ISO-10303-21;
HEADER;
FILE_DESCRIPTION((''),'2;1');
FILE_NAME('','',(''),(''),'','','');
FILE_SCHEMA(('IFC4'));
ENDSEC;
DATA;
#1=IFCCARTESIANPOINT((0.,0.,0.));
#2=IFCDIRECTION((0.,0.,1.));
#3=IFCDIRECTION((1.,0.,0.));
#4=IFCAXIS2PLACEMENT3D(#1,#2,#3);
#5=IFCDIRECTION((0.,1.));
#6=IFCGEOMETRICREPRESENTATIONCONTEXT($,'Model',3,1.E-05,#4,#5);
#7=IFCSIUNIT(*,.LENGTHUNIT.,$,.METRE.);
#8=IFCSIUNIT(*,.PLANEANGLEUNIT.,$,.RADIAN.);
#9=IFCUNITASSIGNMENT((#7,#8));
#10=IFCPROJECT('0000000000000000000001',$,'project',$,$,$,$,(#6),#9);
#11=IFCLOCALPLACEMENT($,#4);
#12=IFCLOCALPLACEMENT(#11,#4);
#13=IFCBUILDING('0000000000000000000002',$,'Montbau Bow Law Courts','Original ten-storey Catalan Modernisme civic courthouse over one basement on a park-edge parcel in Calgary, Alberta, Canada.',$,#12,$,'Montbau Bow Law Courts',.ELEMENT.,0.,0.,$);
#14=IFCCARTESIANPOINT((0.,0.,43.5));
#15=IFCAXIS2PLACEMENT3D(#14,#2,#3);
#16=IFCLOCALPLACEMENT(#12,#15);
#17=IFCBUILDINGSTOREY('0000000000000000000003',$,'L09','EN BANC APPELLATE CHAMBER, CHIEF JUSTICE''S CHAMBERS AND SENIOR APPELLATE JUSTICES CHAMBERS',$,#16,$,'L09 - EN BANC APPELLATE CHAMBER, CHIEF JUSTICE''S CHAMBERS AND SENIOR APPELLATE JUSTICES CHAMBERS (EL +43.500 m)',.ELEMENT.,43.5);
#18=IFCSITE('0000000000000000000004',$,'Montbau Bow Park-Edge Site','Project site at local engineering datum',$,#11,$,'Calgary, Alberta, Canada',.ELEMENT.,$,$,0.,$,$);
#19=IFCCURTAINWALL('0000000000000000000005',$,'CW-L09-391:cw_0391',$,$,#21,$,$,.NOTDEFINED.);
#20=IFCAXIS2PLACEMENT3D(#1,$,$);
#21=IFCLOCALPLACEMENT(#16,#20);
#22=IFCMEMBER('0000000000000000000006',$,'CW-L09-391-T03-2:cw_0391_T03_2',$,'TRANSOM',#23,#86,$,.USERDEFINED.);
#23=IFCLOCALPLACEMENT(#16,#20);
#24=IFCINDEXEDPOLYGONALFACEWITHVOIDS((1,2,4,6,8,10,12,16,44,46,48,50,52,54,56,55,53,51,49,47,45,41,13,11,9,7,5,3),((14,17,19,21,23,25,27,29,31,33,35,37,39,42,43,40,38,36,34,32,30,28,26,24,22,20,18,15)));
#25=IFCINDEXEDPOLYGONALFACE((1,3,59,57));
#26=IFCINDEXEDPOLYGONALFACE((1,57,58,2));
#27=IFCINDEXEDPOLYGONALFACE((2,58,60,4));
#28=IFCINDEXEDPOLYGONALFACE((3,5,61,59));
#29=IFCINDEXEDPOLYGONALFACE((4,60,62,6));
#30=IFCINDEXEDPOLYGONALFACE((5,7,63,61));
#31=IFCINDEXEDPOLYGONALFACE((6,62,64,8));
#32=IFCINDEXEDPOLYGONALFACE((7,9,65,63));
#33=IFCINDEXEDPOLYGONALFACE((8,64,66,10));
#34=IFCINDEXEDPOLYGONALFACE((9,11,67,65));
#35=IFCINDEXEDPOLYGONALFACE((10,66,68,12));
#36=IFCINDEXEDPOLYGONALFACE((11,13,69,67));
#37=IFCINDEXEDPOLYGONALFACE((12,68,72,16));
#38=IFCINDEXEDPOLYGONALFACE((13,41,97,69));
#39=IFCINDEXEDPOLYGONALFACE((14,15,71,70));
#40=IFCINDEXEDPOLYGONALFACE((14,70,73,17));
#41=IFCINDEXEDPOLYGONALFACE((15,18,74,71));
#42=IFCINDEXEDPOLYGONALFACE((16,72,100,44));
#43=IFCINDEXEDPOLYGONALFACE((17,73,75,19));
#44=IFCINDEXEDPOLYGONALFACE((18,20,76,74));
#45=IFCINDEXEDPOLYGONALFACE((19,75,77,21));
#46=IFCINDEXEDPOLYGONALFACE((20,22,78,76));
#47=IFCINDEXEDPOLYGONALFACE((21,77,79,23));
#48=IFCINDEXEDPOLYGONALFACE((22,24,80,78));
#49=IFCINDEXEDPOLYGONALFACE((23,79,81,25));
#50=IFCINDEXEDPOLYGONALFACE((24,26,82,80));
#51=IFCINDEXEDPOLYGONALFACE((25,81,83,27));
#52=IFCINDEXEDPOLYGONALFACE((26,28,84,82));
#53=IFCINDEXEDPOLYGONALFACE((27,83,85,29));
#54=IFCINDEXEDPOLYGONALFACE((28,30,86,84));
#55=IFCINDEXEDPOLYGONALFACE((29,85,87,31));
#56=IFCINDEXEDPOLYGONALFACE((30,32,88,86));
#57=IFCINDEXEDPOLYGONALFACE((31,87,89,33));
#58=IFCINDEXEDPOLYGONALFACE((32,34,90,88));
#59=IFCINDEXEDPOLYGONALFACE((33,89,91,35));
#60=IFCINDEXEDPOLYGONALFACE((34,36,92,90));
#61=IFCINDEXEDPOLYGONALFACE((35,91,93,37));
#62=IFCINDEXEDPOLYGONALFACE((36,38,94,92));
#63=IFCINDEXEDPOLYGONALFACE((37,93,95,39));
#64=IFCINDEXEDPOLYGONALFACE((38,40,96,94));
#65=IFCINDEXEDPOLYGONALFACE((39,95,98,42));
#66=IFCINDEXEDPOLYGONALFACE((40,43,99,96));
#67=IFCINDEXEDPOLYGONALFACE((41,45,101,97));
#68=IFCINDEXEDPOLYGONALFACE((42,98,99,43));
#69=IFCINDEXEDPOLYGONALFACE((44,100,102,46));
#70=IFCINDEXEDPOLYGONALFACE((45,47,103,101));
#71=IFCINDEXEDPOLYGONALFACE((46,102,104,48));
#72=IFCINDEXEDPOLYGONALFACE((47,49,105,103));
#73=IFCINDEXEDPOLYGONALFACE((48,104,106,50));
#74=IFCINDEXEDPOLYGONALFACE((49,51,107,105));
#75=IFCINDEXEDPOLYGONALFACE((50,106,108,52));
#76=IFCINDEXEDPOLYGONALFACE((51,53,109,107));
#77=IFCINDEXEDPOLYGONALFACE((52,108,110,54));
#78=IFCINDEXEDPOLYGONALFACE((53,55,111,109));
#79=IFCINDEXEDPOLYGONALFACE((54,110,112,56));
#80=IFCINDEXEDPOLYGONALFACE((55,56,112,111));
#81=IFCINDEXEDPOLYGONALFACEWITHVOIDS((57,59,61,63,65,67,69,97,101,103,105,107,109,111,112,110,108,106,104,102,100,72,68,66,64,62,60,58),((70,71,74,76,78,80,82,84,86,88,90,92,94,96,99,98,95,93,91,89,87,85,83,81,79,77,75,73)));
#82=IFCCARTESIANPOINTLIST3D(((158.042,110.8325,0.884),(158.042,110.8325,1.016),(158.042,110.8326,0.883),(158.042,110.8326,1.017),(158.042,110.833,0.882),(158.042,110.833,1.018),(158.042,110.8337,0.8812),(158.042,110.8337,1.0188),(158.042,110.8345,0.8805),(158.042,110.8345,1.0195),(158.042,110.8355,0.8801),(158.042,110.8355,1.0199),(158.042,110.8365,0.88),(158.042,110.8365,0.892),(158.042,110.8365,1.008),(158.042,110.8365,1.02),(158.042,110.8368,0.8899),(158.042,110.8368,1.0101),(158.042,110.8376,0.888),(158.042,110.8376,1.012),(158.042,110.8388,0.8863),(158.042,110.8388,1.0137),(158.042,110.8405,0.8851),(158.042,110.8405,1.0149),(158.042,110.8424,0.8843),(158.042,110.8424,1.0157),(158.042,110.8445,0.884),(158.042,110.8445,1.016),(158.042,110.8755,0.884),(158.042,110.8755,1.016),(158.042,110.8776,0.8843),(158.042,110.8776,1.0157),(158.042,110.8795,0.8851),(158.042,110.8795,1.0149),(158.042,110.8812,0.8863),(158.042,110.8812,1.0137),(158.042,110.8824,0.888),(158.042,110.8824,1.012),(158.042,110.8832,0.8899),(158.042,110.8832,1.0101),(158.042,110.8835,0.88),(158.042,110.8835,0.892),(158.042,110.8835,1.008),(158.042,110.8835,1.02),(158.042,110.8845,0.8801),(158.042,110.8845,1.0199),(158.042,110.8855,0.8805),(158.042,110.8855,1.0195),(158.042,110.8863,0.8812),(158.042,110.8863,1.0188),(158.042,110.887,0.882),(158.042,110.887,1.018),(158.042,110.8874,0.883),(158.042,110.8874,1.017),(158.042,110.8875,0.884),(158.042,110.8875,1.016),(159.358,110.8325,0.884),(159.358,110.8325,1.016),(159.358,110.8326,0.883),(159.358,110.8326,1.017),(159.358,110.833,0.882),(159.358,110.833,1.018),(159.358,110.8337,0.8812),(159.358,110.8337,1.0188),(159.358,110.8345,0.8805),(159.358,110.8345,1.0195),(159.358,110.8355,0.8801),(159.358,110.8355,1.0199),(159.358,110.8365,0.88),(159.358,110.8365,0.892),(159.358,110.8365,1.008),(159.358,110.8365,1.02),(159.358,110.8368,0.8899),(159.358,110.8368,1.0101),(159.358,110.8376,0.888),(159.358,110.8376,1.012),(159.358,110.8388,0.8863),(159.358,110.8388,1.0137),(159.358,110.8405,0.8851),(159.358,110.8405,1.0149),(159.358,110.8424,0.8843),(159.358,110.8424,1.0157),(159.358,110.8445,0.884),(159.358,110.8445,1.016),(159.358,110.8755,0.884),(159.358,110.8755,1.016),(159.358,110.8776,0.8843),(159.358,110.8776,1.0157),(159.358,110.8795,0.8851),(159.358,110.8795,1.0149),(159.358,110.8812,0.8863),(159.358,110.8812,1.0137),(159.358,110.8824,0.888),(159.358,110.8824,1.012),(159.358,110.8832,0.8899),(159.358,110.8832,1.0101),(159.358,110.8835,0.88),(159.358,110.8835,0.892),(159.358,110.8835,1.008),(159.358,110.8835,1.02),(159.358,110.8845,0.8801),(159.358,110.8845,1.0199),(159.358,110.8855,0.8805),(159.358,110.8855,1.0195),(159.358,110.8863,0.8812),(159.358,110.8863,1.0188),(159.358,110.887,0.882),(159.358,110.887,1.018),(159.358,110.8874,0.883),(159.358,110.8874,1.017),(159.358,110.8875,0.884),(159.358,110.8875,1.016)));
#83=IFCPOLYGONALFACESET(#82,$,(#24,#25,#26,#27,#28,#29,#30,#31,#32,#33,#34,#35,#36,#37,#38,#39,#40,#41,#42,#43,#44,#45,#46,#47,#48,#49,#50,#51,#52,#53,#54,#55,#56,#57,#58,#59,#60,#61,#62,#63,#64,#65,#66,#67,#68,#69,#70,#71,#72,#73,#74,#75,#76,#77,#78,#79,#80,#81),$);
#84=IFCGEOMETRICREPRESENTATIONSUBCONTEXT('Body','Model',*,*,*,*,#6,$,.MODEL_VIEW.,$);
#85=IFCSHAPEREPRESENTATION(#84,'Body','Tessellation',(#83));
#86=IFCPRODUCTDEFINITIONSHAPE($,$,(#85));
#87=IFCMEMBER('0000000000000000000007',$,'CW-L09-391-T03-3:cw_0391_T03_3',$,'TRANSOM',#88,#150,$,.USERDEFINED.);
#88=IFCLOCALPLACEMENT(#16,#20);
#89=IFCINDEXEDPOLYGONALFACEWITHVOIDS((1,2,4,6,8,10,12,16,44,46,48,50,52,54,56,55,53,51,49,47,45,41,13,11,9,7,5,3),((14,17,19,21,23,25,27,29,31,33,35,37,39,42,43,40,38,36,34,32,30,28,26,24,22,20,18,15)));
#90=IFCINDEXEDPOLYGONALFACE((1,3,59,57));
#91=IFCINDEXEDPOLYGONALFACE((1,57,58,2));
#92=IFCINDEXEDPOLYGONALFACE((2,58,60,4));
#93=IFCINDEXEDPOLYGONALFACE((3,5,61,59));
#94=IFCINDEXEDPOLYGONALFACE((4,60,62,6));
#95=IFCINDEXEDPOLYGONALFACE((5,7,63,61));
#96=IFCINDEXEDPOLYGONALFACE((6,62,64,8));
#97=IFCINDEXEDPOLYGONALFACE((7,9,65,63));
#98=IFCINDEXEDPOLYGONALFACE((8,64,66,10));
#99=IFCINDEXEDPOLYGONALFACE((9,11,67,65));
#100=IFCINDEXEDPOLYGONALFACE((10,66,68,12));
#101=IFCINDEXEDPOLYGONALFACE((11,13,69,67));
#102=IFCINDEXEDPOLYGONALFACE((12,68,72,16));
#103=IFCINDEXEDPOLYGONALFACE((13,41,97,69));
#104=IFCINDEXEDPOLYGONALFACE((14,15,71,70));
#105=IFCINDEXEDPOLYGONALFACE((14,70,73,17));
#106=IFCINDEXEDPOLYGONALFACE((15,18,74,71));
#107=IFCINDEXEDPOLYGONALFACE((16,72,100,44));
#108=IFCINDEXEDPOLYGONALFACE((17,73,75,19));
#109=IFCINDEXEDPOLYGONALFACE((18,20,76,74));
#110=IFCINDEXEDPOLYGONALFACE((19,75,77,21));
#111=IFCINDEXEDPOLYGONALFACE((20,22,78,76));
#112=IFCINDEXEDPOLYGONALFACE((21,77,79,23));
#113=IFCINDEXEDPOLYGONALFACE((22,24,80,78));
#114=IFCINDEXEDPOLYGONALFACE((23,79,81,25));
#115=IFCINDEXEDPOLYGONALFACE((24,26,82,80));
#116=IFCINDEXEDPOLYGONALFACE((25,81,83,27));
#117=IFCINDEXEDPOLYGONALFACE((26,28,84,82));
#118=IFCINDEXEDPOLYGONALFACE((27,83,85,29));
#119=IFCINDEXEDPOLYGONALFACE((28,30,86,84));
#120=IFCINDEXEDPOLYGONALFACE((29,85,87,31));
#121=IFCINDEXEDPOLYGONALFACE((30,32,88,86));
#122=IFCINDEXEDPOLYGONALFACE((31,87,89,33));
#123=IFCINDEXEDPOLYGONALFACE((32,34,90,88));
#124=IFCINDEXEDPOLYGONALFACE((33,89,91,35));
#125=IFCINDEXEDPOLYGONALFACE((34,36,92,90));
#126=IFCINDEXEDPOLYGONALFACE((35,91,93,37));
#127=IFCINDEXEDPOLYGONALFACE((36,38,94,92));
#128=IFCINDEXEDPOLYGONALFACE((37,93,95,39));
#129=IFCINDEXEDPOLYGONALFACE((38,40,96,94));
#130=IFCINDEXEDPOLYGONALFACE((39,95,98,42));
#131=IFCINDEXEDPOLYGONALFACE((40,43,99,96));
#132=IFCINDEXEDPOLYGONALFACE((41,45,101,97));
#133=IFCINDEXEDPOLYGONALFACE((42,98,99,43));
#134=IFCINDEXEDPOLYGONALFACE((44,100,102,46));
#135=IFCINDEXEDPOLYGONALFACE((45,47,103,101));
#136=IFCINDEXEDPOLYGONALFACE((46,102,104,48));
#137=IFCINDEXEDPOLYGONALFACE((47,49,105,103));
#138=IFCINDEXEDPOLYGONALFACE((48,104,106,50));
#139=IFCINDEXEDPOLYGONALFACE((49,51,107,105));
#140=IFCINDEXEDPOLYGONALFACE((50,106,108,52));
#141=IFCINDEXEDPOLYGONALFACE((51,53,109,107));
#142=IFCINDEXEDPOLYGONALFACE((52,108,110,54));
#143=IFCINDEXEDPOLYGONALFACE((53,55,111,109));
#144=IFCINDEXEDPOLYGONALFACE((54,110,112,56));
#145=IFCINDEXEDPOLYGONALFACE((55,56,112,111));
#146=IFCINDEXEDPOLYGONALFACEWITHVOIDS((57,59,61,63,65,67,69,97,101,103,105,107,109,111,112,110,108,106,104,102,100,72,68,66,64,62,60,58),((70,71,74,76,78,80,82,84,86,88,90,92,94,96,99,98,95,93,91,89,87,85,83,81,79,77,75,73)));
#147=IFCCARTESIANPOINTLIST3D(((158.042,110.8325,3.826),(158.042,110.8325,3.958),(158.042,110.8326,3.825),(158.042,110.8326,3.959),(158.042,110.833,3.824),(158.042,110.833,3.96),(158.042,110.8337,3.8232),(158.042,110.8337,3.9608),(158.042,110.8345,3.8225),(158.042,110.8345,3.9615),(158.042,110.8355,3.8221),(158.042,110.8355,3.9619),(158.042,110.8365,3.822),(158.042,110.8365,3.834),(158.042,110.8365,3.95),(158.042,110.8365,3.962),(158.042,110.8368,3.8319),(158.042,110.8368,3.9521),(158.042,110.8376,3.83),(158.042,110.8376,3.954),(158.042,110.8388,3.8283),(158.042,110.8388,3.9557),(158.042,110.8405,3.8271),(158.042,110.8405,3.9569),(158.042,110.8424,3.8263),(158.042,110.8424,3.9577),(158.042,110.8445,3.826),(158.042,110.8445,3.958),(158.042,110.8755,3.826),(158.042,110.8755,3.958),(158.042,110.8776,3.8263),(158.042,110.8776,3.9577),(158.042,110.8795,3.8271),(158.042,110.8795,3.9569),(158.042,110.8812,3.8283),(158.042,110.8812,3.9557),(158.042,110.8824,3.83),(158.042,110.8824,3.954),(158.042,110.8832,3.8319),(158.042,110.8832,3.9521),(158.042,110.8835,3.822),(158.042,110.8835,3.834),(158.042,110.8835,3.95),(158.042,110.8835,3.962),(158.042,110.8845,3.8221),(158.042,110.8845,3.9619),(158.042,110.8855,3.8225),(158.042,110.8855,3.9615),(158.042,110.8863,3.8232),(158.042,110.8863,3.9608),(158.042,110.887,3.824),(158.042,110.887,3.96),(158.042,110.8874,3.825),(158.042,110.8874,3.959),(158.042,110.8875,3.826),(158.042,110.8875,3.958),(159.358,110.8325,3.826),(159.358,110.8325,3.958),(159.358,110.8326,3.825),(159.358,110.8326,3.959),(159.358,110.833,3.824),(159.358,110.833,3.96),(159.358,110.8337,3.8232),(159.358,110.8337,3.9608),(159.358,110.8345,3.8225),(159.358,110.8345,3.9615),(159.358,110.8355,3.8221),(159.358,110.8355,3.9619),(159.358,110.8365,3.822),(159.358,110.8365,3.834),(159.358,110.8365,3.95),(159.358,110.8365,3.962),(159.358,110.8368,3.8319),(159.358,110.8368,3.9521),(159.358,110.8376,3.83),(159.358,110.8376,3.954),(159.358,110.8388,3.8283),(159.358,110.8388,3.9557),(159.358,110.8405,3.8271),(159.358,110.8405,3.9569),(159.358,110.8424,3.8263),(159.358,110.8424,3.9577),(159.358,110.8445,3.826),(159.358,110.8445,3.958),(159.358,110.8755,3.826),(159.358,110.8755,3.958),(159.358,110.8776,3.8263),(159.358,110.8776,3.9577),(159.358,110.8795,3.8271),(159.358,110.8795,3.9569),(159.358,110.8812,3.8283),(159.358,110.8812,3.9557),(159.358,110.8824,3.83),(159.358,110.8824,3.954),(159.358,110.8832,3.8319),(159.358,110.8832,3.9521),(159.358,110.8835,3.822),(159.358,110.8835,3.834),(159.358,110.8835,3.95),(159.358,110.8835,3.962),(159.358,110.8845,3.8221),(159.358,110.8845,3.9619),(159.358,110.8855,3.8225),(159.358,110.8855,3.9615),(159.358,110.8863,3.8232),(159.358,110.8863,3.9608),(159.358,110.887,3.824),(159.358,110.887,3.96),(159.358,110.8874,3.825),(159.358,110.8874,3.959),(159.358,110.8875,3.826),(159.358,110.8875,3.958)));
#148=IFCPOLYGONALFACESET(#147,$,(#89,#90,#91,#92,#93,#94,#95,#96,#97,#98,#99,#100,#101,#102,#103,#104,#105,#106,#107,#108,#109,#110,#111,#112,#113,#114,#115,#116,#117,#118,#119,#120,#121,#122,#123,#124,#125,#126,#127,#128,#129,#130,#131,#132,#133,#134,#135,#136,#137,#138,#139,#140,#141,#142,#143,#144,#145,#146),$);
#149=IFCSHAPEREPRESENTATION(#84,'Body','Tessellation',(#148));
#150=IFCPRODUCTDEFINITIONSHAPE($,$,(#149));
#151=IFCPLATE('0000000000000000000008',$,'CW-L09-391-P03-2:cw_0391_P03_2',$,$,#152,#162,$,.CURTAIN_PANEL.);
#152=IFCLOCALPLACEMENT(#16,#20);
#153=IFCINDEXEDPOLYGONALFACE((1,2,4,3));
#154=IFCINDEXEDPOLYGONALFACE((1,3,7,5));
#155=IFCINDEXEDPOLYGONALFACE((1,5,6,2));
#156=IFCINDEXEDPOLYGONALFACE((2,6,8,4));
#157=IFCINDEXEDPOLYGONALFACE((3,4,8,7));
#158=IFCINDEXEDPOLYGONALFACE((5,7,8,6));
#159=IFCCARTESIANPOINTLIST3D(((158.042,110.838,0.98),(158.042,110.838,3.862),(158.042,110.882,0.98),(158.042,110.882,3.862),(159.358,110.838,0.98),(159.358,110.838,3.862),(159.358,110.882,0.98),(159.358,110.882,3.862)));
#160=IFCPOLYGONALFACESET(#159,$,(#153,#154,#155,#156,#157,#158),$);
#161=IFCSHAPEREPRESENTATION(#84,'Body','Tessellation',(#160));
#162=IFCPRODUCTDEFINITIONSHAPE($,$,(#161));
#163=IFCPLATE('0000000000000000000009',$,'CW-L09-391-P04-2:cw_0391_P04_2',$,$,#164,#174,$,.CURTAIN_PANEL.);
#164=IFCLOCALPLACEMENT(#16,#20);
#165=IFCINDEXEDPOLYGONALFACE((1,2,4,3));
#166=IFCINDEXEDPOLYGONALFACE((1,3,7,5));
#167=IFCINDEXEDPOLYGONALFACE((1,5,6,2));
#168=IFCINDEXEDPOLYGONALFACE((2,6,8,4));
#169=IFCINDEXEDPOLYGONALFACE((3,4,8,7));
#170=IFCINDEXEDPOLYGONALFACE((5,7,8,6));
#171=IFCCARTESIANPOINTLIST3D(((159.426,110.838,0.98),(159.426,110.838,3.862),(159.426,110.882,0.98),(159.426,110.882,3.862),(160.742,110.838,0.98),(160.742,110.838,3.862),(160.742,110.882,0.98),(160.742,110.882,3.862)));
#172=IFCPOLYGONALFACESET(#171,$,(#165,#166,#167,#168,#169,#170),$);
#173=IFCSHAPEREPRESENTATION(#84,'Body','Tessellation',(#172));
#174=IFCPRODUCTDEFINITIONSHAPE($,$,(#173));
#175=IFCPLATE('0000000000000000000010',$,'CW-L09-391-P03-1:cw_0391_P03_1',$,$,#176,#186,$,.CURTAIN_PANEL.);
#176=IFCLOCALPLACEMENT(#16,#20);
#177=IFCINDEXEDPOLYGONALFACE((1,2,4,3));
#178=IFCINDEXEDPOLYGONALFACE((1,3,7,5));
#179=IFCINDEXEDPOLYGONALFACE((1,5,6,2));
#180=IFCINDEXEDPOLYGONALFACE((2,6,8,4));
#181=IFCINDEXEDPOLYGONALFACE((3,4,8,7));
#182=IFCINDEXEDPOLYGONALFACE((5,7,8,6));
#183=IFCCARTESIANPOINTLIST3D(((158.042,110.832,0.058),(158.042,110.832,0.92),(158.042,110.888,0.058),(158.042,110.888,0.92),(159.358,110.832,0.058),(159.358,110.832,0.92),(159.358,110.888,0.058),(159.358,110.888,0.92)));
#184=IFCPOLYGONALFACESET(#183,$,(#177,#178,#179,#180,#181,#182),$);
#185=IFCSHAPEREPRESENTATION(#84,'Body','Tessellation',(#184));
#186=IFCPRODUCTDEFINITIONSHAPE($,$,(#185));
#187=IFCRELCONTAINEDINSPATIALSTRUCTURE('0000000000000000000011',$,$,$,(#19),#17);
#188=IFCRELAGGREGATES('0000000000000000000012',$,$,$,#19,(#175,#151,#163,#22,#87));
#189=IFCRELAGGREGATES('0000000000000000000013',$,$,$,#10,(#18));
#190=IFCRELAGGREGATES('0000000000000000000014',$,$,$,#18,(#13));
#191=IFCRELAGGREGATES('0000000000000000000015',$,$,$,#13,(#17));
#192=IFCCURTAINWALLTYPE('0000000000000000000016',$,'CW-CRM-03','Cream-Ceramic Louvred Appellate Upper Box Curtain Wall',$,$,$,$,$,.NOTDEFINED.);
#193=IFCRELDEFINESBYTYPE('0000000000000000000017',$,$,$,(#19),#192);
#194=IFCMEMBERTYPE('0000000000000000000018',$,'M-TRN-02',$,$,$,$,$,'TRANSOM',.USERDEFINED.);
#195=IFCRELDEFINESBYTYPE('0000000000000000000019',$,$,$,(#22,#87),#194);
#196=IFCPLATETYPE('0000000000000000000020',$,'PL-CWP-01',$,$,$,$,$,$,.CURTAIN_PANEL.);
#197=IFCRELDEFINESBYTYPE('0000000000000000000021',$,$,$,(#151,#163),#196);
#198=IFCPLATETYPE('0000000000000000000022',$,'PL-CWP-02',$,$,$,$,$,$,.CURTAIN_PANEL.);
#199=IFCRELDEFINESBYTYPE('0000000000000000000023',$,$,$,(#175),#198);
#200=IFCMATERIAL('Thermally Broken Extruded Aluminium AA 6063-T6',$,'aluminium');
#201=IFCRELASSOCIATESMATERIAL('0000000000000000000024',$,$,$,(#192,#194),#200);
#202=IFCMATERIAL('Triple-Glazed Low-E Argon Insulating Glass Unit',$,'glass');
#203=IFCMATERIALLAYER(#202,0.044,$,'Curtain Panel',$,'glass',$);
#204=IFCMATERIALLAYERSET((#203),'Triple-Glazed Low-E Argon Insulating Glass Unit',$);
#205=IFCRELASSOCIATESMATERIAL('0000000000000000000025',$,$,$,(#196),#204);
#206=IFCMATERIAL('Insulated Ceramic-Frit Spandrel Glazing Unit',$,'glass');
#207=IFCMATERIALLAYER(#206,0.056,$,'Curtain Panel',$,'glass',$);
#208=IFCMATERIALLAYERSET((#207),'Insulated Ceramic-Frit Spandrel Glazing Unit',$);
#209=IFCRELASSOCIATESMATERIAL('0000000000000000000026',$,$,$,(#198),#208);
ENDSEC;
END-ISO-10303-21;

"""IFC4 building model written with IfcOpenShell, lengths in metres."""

from ifc_helpers import new_model, si_unit, direction, frame, frame_2d, origin_with_axes, origin_2d_with_axis, place, context, subcontext, project, spatial, rectangle, hollow_rectangle, extrude, material, layer, layer_set, material_profile, profile_set, type_object, element, aggregate, save


model = new_model("IFC4")

# Units and contexts
model_context = context("Model", 3, precision=1e-05, world=origin_with_axes(), true_north=direction((0.0, 1.0)))
body_context = subcontext(model_context, "Body", "Model", "MODEL_VIEW")
ifc_project = project(units=[si_unit("LENGTHUNIT", "METRE"), si_unit("PLANEANGLEUNIT", "RADIAN")], contexts=[model_context])

# Site, building, storey
site_placement = place(None, origin_with_axes())
site = spatial("IfcSite", under=ifc_project, at=site_placement, Name="Montbau Bow Park-Edge Site", Description="Project site at local engineering datum", LongName="Calgary, Alberta, Canada", CompositionType="ELEMENT", RefElevation=0.0)
building_placement = place(site_placement, origin_with_axes())
building = spatial("IfcBuilding", under=site, at=building_placement, Name="Montbau Bow Law Courts", Description="Original ten-storey Catalan Modernisme civic courthouse over one basement on a park-edge parcel in Calgary, Alberta, Canada.", LongName="Montbau Bow Law Courts", CompositionType="ELEMENT", ElevationOfRefHeight=0.0, ElevationOfTerrain=0.0)
storey_placement = place(building_placement, frame((0.0, 0.0, 43.5), z_axis=(0.0, 0.0, 1.0), x_axis=(1.0, 0.0, 0.0)))
storey = spatial("IfcBuildingStorey", under=building, at=storey_placement, Name="L09", Description="EN BANC APPELLATE CHAMBER, CHIEF JUSTICE'S CHAMBERS AND SENIOR APPELLATE JUSTICES CHAMBERS", LongName="L09 - EN BANC APPELLATE CHAMBER, CHIEF JUSTICE'S CHAMBERS AND SENIOR APPELLATE JUSTICES CHAMBERS (EL +43.500 m)", CompositionType="ELEMENT", Elevation=43.5)

# Curtain wall, members, plates
ifc_material_1 = material(Name="Thermally Broken Extruded Aluminium AA 6063-T6", Category="aluminium")
curtain_wall_type = type_object("IfcCurtainWallType", Name="CW-CRM-03", Description="Cream-Ceramic Louvred Appellate Upper Box Curtain Wall", PredefinedType="NOTDEFINED", material=ifc_material_1)
curtain_wall_placement = place(None, frame((155.24, 110.86, 43.5), z_axis=(0.0, 0.0, 1.0), x_axis=(1.0, 0.0, 0.0)))
curtain_wall = element("IfcCurtainWall", 1, at=curtain_wall_placement, inside=storey, type_object=curtain_wall_type, Name="CW-L09-391:cw_0391", PredefinedType="NOTDEFINED")
ifc_material_profile_1 = material_profile(ifc_material_1, hollow_rectangle(XDim=0.055, YDim=0.14, WallThickness=0.004, InnerFilletRadius=0.008, OuterFilletRadius=0.004, at=origin_2d_with_axis()), Name="CWT-140X55", Category="Main", Priority=0)
ifc_profile_set_1 = profile_set([ifc_material_profile_1], Name="Thermally Broken Extruded Aluminium AA 6063-T6")
member_type_1 = type_object("IfcMemberType", Name="M-TRN-02", ElementType="TRANSOM", PredefinedType="USERDEFINED", material=ifc_profile_set_1)
member_1_placement = place(None, frame((158.042, 110.86, 44.45), z_axis=(1.0, 0.0, 0.0), x_axis=(0.0, 1.0, 0.0)))
member_1 = element("IfcMember", 2, at=member_1_placement, type_object=member_type_1, Name="CW-L09-391-T03-2:cw_0391_T03_2", ObjectType="TRANSOM", PredefinedType="USERDEFINED", context=body_context, shape_type="SweptSolid", body=[
    extrude(hollow_rectangle(XDim=0.055, YDim=0.14, WallThickness=0.004, InnerFilletRadius=0.008, OuterFilletRadius=0.004, at=origin_2d_with_axis()), origin_with_axes(), (0.0, 0.0, 1.0), 1.316),
])
member_2_placement = place(None, frame((158.042, 110.86, 47.392), z_axis=(1.0, 0.0, 0.0), x_axis=(0.0, 1.0, 0.0)))
member_2 = element("IfcMember", 3, at=member_2_placement, type_object=member_type_1, Name="CW-L09-391-T03-3:cw_0391_T03_3", ObjectType="TRANSOM", PredefinedType="USERDEFINED", context=body_context, shape_type="SweptSolid", body=[
    extrude(hollow_rectangle(XDim=0.055, YDim=0.14, WallThickness=0.004, InnerFilletRadius=0.008, OuterFilletRadius=0.004, at=origin_2d_with_axis()), origin_with_axes(), (0.0, 0.0, 1.0), 1.316),
])
ifc_material_2 = material(Name="Triple-Glazed Low-E Argon Insulating Glass Unit", Category="glass")
ifc_layer_1 = layer(ifc_material_2, 0.044, Name="Curtain Panel", Category="glass")
ifc_layer_set_1 = layer_set([ifc_layer_1], Name="Triple-Glazed Low-E Argon Insulating Glass Unit")
plate_type_1 = type_object("IfcPlateType", Name="PL-CWP-01", PredefinedType="CURTAIN_PANEL", material=ifc_layer_set_1)
plate_1_placement = place(None, frame((158.042, 110.86, 44.48), z_axis=(0.0, -1.0, 0.0), x_axis=(1.0, 0.0, 0.0)))
plate_1 = element("IfcPlate", 4, at=plate_1_placement, type_object=plate_type_1, Name="CW-L09-391-P03-2:cw_0391_P03_2", PredefinedType="CURTAIN_PANEL", context=body_context, shape_type="SweptSolid", body=[
    extrude(rectangle(XDim=1.316, YDim=2.882, at=frame_2d((0.658, 1.441), x_axis=(1.0, 0.0))), frame((0.0, 0.0, -0.022), z_axis=(0.0, 0.0, 1.0), x_axis=(1.0, 0.0, 0.0)), (0.0, 0.0, 1.0), 0.044),
])
plate_2_placement = place(None, frame((159.426, 110.86, 44.48), z_axis=(0.0, -1.0, 0.0), x_axis=(1.0, 0.0, 0.0)))
plate_2 = element("IfcPlate", 5, at=plate_2_placement, type_object=plate_type_1, Name="CW-L09-391-P04-2:cw_0391_P04_2", PredefinedType="CURTAIN_PANEL", context=body_context, shape_type="SweptSolid", body=[
    extrude(rectangle(XDim=1.316, YDim=2.882, at=frame_2d((0.658, 1.441), x_axis=(1.0, 0.0))), frame((0.0, 0.0, -0.022), z_axis=(0.0, 0.0, 1.0), x_axis=(1.0, 0.0, 0.0)), (0.0, 0.0, 1.0), 0.044),
])
ifc_material_3 = material(Name="Insulated Ceramic-Frit Spandrel Glazing Unit", Category="glass")
ifc_layer_2 = layer(ifc_material_3, 0.056, Name="Curtain Panel", Category="glass")
ifc_layer_set_2 = layer_set([ifc_layer_2], Name="Insulated Ceramic-Frit Spandrel Glazing Unit")
plate_type_2 = type_object("IfcPlateType", Name="PL-CWP-02", PredefinedType="CURTAIN_PANEL", material=ifc_layer_set_2)
plate_3_placement = place(None, frame((158.042, 110.86, 43.558), z_axis=(0.0, -1.0, 0.0), x_axis=(1.0, 0.0, 0.0)))
plate_3 = element("IfcPlate", 6, at=plate_3_placement, type_object=plate_type_2, Name="CW-L09-391-P03-1:cw_0391_P03_1", PredefinedType="CURTAIN_PANEL", context=body_context, shape_type="SweptSolid", body=[
    extrude(rectangle(XDim=1.316, YDim=0.862, at=frame_2d((0.658, 0.431), x_axis=(1.0, 0.0))), frame((0.0, 0.0, -0.028), z_axis=(0.0, 0.0, 1.0), x_axis=(1.0, 0.0, 0.0)), (0.0, 0.0, 1.0), 0.056),
])
aggregate(curtain_wall, [plate_3, plate_1, plate_2, member_1, member_2])

save(model, "model.ifc")
